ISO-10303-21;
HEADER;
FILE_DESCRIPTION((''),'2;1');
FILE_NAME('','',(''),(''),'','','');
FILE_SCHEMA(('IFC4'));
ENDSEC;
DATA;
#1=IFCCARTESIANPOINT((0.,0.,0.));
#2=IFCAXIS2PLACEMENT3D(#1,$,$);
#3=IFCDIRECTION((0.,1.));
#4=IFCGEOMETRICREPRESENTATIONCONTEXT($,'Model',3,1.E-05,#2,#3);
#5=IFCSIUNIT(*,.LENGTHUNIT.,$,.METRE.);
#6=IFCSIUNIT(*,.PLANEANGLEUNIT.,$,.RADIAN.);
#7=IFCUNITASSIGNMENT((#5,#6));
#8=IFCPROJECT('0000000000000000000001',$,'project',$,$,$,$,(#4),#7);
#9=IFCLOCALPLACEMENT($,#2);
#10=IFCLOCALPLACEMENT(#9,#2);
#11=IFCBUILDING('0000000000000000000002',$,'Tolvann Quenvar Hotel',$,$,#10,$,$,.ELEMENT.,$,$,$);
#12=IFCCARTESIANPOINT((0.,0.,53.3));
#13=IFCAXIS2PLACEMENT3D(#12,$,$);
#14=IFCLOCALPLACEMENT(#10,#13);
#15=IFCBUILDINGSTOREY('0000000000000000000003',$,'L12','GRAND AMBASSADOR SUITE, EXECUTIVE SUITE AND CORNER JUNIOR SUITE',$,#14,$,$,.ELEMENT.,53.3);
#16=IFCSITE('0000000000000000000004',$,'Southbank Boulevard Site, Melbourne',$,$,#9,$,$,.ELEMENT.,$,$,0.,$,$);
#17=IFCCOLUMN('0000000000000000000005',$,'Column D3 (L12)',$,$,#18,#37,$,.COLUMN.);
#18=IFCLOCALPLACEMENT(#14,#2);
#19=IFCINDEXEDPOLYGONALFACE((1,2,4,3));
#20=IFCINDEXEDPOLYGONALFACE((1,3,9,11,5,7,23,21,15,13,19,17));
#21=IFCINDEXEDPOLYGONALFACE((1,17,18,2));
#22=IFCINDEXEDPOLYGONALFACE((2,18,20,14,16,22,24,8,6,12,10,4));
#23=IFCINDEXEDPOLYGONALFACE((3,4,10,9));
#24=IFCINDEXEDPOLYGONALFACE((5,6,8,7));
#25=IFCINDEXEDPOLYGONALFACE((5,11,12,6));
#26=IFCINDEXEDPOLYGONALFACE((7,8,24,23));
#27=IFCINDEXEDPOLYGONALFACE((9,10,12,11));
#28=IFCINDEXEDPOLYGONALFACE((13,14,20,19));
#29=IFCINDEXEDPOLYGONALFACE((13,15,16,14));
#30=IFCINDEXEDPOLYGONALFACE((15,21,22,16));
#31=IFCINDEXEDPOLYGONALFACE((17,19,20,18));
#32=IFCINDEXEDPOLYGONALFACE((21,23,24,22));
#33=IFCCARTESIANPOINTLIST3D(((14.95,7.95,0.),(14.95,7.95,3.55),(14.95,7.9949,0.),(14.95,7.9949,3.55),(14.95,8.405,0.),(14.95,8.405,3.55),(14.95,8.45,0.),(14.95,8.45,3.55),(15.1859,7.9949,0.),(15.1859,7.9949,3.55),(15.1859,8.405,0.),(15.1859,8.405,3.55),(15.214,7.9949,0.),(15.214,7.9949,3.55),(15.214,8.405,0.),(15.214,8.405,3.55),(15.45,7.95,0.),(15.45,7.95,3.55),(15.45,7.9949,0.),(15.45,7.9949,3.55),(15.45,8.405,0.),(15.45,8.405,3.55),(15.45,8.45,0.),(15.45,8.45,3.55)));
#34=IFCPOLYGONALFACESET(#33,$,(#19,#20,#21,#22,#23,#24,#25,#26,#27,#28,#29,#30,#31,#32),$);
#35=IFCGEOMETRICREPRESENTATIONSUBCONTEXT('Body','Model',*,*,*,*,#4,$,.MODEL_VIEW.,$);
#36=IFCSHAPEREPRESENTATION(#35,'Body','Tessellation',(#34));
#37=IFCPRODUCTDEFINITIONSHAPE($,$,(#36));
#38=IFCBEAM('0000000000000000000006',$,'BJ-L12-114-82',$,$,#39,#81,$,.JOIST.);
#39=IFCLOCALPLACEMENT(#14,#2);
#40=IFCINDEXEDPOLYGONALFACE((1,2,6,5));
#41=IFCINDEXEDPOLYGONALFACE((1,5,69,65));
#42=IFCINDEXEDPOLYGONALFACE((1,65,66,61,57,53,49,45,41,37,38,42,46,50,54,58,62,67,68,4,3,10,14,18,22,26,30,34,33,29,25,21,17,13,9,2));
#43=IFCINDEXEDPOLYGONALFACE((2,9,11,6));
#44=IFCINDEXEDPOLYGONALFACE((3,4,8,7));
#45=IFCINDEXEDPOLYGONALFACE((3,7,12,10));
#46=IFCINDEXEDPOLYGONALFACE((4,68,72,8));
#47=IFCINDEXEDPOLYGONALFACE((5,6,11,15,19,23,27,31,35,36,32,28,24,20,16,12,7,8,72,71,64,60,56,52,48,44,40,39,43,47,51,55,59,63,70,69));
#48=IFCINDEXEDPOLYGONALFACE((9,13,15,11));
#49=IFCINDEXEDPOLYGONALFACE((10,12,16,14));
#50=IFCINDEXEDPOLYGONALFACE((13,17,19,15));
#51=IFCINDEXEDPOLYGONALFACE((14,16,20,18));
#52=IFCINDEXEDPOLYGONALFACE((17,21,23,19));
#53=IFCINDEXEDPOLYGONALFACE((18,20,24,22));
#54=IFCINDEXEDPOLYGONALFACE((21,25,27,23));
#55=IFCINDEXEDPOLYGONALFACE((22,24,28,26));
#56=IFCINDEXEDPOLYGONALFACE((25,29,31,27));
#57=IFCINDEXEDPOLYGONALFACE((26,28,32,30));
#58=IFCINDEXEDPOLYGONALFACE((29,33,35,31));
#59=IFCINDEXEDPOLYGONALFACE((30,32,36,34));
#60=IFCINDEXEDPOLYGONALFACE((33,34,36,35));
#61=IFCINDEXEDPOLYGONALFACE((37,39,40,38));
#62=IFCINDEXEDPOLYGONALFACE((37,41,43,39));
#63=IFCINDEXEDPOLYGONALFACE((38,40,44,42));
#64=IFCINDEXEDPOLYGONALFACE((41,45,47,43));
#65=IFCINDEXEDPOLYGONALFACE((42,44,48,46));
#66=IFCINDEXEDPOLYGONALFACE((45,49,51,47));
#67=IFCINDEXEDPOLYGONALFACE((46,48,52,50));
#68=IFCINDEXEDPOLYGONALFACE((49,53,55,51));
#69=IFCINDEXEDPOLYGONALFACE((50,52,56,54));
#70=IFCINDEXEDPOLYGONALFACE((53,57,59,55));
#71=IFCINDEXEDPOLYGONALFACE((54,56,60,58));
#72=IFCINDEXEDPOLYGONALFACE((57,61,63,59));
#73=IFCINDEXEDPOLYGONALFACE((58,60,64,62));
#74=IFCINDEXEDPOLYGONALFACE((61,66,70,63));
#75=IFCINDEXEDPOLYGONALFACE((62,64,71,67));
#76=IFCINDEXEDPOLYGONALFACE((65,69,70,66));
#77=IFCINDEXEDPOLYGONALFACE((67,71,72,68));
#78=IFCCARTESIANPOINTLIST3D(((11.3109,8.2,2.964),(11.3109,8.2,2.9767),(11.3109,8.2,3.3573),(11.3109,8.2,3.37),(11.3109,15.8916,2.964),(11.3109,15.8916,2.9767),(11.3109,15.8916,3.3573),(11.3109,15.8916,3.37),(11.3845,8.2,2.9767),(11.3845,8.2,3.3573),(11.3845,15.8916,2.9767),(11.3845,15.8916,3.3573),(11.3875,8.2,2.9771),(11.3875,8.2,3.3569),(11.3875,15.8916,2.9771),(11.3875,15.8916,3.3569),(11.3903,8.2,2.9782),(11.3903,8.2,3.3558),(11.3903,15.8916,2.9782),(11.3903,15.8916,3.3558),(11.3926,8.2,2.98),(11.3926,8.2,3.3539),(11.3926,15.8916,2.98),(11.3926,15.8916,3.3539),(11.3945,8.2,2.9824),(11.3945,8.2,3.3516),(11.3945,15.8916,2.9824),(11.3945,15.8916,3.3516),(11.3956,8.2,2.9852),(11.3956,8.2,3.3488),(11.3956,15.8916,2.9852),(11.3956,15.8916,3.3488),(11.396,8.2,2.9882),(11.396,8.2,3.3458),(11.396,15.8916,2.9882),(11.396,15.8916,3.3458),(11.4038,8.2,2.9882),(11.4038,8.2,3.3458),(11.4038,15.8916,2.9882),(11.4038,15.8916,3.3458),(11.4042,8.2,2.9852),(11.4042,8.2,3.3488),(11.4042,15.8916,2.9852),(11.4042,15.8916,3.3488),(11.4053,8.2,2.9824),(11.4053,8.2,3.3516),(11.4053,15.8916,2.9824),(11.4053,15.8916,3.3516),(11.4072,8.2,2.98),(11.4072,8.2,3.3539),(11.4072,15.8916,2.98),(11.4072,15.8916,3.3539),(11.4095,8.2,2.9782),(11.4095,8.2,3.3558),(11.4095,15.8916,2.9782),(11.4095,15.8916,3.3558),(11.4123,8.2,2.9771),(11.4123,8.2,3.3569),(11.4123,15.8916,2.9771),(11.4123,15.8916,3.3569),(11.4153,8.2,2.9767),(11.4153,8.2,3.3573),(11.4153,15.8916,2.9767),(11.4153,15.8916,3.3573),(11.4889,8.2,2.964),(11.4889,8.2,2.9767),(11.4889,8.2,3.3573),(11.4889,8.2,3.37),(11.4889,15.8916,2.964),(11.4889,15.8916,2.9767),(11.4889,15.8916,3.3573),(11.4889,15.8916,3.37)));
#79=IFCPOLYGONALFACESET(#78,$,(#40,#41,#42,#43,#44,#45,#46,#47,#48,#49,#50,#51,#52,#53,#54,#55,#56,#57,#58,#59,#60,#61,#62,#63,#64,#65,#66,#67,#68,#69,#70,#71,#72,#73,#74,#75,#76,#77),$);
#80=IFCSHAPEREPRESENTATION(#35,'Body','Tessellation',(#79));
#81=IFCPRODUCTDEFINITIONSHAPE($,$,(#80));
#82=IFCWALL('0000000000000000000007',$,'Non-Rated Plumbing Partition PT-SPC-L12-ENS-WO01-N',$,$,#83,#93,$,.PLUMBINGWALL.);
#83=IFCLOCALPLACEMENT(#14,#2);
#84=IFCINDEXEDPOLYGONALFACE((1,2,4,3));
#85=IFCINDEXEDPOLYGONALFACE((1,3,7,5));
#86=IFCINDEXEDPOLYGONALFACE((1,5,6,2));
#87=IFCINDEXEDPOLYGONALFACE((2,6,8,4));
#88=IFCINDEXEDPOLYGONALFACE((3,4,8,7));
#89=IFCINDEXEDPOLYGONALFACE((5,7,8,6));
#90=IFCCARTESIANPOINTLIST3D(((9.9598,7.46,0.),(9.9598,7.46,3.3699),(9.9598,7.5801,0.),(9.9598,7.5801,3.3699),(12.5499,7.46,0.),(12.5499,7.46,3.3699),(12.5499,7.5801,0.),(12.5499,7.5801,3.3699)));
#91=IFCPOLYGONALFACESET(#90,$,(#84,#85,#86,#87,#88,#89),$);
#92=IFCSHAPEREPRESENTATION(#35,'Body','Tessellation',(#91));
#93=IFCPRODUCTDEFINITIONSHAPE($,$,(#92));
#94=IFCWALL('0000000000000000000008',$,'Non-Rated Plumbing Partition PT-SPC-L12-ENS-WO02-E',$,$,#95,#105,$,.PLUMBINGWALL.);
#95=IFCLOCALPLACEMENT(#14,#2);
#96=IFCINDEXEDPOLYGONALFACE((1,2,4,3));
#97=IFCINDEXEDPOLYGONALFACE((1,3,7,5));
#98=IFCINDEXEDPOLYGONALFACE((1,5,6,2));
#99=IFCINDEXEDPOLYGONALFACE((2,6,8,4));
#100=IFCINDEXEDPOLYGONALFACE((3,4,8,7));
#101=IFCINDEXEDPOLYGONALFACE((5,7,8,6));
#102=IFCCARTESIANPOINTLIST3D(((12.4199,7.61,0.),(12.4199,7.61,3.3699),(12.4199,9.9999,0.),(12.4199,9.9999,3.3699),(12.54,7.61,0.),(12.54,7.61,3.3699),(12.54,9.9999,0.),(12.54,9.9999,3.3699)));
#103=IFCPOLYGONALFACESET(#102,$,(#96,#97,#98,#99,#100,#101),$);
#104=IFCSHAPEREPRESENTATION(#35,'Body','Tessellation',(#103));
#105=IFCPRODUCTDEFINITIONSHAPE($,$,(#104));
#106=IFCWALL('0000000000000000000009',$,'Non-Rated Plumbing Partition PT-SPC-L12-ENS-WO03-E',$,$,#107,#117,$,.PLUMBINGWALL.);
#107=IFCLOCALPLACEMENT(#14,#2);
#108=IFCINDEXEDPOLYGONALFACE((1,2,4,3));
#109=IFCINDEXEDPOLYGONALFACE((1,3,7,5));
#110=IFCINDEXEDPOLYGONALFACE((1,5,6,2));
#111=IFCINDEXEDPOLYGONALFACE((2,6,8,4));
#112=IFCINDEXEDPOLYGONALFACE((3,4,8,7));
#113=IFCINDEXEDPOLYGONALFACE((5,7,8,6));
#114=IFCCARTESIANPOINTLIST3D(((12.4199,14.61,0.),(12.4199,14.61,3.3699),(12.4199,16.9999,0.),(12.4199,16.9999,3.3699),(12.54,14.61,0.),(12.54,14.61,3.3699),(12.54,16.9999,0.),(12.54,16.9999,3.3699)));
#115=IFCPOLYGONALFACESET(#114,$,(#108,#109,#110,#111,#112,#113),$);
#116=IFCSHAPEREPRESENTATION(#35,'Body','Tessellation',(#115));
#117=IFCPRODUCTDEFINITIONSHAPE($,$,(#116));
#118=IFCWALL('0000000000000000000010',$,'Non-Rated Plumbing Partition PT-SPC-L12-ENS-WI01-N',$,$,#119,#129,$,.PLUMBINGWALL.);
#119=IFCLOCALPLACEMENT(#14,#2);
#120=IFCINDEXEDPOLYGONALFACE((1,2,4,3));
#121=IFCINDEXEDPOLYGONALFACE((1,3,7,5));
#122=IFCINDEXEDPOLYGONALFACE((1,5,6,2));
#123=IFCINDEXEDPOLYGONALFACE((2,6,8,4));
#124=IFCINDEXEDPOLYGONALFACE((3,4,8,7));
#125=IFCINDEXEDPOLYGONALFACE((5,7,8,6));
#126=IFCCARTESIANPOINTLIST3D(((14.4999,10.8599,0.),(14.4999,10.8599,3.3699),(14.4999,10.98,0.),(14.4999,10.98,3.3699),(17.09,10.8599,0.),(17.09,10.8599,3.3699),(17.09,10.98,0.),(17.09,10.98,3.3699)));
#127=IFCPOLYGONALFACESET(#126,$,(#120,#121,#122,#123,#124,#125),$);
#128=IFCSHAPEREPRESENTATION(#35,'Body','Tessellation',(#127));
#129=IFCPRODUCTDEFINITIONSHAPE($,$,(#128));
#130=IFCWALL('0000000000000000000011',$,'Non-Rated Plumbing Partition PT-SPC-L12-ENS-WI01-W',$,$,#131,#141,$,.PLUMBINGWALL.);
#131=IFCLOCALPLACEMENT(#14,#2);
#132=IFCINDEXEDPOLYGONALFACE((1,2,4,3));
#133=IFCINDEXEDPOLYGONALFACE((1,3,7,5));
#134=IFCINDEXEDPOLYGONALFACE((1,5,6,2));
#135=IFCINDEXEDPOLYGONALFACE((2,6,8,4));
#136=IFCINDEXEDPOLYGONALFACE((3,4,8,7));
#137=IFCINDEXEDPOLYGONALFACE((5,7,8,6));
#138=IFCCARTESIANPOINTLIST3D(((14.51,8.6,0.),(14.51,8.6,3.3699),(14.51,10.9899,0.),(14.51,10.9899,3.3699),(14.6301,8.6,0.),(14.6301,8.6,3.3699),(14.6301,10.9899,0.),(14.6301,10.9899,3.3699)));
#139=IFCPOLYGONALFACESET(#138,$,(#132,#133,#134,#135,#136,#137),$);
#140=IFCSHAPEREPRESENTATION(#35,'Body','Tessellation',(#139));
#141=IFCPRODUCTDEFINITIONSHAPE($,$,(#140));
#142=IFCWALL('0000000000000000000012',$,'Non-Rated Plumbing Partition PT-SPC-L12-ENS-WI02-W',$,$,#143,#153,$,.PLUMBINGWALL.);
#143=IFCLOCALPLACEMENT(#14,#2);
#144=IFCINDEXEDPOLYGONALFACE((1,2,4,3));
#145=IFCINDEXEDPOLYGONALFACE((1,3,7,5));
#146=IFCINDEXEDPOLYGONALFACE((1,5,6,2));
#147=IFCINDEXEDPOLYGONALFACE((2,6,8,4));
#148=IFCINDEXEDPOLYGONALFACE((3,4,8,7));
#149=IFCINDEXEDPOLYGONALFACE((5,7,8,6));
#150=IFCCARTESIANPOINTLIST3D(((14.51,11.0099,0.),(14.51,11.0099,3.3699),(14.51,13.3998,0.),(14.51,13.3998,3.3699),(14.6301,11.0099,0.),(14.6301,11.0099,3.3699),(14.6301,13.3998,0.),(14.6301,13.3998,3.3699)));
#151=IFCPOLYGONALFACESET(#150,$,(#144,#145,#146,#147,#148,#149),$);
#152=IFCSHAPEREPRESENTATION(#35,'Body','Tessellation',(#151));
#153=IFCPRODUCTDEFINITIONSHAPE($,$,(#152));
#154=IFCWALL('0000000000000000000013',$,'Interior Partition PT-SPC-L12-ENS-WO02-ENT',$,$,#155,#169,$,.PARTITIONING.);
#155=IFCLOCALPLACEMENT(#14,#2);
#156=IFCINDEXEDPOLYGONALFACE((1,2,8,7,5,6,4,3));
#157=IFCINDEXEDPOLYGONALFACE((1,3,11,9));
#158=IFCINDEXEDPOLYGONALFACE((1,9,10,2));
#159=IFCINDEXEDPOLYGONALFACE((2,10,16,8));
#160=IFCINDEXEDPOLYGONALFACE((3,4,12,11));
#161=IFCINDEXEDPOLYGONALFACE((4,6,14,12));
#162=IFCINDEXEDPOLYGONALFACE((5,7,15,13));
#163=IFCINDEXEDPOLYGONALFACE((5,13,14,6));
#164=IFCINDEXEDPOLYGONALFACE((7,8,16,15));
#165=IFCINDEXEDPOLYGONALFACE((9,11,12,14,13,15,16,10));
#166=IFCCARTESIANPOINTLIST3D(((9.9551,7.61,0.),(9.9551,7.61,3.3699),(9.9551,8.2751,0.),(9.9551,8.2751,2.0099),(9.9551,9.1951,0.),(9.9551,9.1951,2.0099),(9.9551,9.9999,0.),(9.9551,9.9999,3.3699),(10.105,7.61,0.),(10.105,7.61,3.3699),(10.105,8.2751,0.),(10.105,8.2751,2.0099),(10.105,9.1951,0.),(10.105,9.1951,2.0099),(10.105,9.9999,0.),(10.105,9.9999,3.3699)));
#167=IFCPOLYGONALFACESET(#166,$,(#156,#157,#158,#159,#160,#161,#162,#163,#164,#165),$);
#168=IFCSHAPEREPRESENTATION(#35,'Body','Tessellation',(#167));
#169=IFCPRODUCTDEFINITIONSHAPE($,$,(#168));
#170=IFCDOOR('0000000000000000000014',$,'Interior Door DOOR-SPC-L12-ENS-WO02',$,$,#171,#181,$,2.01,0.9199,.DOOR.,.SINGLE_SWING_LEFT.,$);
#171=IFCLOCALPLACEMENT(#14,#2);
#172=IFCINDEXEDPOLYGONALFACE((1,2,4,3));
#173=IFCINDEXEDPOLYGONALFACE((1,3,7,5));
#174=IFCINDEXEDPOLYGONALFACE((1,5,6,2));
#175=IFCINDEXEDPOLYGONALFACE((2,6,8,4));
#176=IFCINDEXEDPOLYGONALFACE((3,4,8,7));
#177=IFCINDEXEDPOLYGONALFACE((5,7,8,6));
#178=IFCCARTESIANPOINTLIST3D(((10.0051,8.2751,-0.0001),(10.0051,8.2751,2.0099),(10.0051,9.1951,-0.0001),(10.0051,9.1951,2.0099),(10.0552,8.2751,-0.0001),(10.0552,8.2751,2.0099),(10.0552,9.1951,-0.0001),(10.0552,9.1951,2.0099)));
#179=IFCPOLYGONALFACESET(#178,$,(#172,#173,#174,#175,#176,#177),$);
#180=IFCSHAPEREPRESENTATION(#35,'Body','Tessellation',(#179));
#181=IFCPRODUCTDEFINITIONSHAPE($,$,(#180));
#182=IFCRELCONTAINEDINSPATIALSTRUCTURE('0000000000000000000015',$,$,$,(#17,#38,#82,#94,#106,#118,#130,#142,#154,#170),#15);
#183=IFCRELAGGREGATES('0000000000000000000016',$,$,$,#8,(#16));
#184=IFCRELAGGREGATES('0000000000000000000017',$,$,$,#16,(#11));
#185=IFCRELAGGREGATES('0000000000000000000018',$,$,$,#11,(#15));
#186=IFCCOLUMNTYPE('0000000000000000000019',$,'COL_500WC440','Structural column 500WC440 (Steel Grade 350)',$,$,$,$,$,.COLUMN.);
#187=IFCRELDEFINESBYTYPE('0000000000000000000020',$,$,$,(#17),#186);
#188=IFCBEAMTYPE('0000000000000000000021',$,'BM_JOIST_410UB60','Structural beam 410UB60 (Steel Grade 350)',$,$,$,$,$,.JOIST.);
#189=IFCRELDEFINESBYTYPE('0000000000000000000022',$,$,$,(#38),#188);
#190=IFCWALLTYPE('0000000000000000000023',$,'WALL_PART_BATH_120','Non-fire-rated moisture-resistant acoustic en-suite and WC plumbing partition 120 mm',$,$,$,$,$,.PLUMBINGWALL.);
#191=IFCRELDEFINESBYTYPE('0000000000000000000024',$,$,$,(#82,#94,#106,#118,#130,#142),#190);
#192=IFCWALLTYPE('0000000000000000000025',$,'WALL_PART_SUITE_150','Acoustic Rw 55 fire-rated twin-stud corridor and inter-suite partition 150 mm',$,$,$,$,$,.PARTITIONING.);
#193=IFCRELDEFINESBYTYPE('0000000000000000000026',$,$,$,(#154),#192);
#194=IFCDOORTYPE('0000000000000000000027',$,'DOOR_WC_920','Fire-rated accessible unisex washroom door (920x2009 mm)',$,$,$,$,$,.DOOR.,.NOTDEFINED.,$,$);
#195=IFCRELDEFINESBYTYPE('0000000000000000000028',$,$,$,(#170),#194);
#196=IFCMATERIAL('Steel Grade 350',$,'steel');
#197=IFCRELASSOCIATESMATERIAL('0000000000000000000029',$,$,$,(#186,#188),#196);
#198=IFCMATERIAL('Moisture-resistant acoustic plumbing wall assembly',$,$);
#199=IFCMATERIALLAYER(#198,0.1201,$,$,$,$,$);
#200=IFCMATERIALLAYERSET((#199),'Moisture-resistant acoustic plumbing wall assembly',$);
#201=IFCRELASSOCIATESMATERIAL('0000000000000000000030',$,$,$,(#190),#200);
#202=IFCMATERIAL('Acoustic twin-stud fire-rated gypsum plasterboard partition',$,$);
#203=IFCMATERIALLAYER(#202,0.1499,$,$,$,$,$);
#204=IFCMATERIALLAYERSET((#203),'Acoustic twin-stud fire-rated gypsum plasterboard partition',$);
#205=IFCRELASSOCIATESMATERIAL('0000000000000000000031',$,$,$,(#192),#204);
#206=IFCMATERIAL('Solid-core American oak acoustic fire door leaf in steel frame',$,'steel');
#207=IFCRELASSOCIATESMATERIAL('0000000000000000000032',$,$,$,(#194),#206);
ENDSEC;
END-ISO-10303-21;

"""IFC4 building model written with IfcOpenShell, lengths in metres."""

from ifc_helpers import new_model, si_unit, direction, frame, frame_2d, origin, origin_2d, place, context, subcontext, project, spatial, rectangle, i_section, extrude, source, transform, mapped, material, layer, layer_set, material_profile, profile_set, type_object, type_shapes, element, fill, save


model = new_model("IFC4")

# Units and contexts
model_context = context("Model", 3, precision=1e-05, world=origin(), true_north=direction((0.0, 1.0)))
body_context = subcontext(model_context, "Body", "Model", "MODEL_VIEW")
ifc_project = project(units=[si_unit("LENGTHUNIT", "METRE"), si_unit("PLANEANGLEUNIT", "RADIAN")], contexts=[model_context])

# Site, building, storey
site_placement = place(None, origin())
site = spatial("IfcSite", under=ifc_project, at=site_placement, Name="Southbank Boulevard Site, Melbourne", CompositionType="ELEMENT", RefElevation=0.0)
building_placement = place(site_placement, origin())
building = spatial("IfcBuilding", under=site, at=building_placement, Name="Tolvann Quenvar Hotel", CompositionType="ELEMENT")
storey_placement = place(building_placement, frame((0.0, 0.0, 53.3)))
storey = spatial("IfcBuildingStorey", under=building, at=storey_placement, Name="L12", Description="GRAND AMBASSADOR SUITE, EXECUTIVE SUITE AND CORNER JUNIOR SUITE", CompositionType="ELEMENT", Elevation=53.3)

# Column
ifc_material_1 = material(Name="Steel Grade 350", Category="steel")
ifc_material_profile_1 = material_profile(ifc_material_1, i_section(OverallWidth=0.5, OverallDepth=0.5, WebThickness=0.0281, FlangeThickness=0.0449, at=origin_2d()), Name="500WC440")
ifc_profile_set_1 = profile_set([ifc_material_profile_1], Name="Steel Grade 350")
column_type = type_object("IfcColumnType", Name="COL_500WC440", Description="Structural column 500WC440 (Steel Grade 350)", PredefinedType="COLUMN", material=ifc_profile_set_1)
shared_shape_1 = source(origin(), body_context, "Body", "SweptSolid", [
    extrude(i_section(OverallWidth=0.5, OverallDepth=0.5, WebThickness=0.0281, FlangeThickness=0.0449, at=origin_2d()), origin(), (0.0, 0.0, 1.0), 3.55),
])
type_shapes(column_type, [shared_shape_1])
column_placement = place(storey_placement, frame((15.2, 8.2, 0.0), z_axis=(0.0, 0.0, 1.0), x_axis=(1.0, 0.0, 0.0)))
element("IfcColumn", 1, at=column_placement, inside=storey, type_object=column_type, Name="Column D3 (L12)", PredefinedType="COLUMN", context=body_context, shape_type="MappedRepresentation", body=[
    mapped(shared_shape_1, transform((0.0, 0.0, 0.0), x_axis=(1.0, 0.0, 0.0), y_axis=(0.0, 1.0, 0.0), z_axis=(0.0, 0.0, 1.0), scale=1.0)),
])

# Beam
ifc_material_profile_2 = material_profile(ifc_material_1, i_section(OverallWidth=0.178, OverallDepth=0.406, WebThickness=0.0078, FlangeThickness=0.0127, FilletRadius=0.0115, at=origin_2d()), Name="410UB60")
ifc_profile_set_2 = profile_set([ifc_material_profile_2], Name="Steel Grade 350")
beam_type = type_object("IfcBeamType", Name="BM_JOIST_410UB60", Description="Structural beam 410UB60 (Steel Grade 350)", PredefinedType="JOIST", material=ifc_profile_set_2)
shared_shape_2 = source(origin(), body_context, "Body", "SweptSolid", [
    extrude(i_section(OverallWidth=0.178, OverallDepth=0.406, WebThickness=0.0078, FlangeThickness=0.0127, FilletRadius=0.0115, at=origin_2d()), origin(), (0.0, 0.0, 1.0), 7.6917),
])
type_shapes(beam_type, [shared_shape_2])
beam_placement = place(storey_placement, frame((11.3999, 8.2, 3.167), z_axis=(0.0, 1.0, 0.0), x_axis=(-1.0, 0.0, 0.0)))
element("IfcBeam", 2, at=beam_placement, inside=storey, type_object=beam_type, Name="BJ-L12-114-82", PredefinedType="JOIST", context=body_context, shape_type="MappedRepresentation", body=[
    mapped(shared_shape_2, transform((0.0, 0.0, 0.0), x_axis=(1.0, 0.0, 0.0), y_axis=(0.0, 1.0, 0.0), z_axis=(0.0, 0.0, 1.0), scale=1.0)),
])

# Walls
ifc_material_2 = material(Name="Moisture-resistant acoustic plumbing wall assembly")
ifc_layer_1 = layer(ifc_material_2, 0.1201)
ifc_layer_set_1 = layer_set([ifc_layer_1], Name="Moisture-resistant acoustic plumbing wall assembly")
wall_type_1 = type_object("IfcWallType", Name="WALL_PART_BATH_120", Description="Non-fire-rated moisture-resistant acoustic en-suite and WC plumbing partition 120 mm", PredefinedType="PLUMBINGWALL", material=ifc_layer_set_1)
wall_1_placement = place(storey_placement, frame((9.96, 7.52, 0.0), z_axis=(0.0, 0.0, 1.0), x_axis=(1.0, 0.0, 0.0)))
element("IfcWall", 3, at=wall_1_placement, inside=storey, type_object=wall_type_1, Name="Non-Rated Plumbing Partition PT-SPC-L12-ENS-WO01-N", PredefinedType="PLUMBINGWALL", context=body_context, shape_type="SweptSolid", body=[
    extrude(rectangle(XDim=2.5901, YDim=0.1201, at=frame_2d((1.2949, 0.0))), origin(), (0.0, 0.0, 1.0), 3.3699),
])
for number, where, z_axis, x_axis, name in (
    (4, (12.48, 7.6101, 0.0), (0.0, 0.0, 1.0), (0.0, 1.0, 0.0), "Non-Rated Plumbing Partition PT-SPC-L12-ENS-WO02-E"),
    (5, (12.48, 14.6101, 0.0), (0.0, 0.0, 1.0), (0.0, 1.0, 0.0), "Non-Rated Plumbing Partition PT-SPC-L12-ENS-WO03-E"),
):
    element("IfcWall", number, at=place(storey_placement, frame(where, z_axis=z_axis, x_axis=x_axis)), inside=storey, type_object=wall_type_1, Name=name, PredefinedType="PLUMBINGWALL", context=body_context, shape_type="SweptSolid", body=[
        extrude(rectangle(XDim=2.3899, YDim=0.1201, at=frame_2d((1.1948, 0.0))), origin(), (0.0, 0.0, 1.0), 3.3699),
    ])
wall_2_placement = place(storey_placement, frame((14.5, 10.9199, 0.0), z_axis=(0.0, 0.0, 1.0), x_axis=(1.0, 0.0, 0.0)))
element("IfcWall", 6, at=wall_2_placement, inside=storey, type_object=wall_type_1, Name="Non-Rated Plumbing Partition PT-SPC-L12-ENS-WI01-N", PredefinedType="PLUMBINGWALL", context=body_context, shape_type="SweptSolid", body=[
    extrude(rectangle(XDim=2.5901, YDim=0.1201, at=frame_2d((1.2949, 0.0))), origin(), (0.0, 0.0, 1.0), 3.3699),
])
for number, where, z_axis, x_axis, name in (
    (7, (14.5701, 8.6001, 0.0), (0.0, 0.0, 1.0), (0.0, 1.0, 0.0), "Non-Rated Plumbing Partition PT-SPC-L12-ENS-WI01-W"),
    (8, (14.5701, 11.01, 0.0), (0.0, 0.0, 1.0), (0.0, 1.0, 0.0), "Non-Rated Plumbing Partition PT-SPC-L12-ENS-WI02-W"),
):
    element("IfcWall", number, at=place(storey_placement, frame(where, z_axis=z_axis, x_axis=x_axis)), inside=storey, type_object=wall_type_1, Name=name, PredefinedType="PLUMBINGWALL", context=body_context, shape_type="SweptSolid", body=[
        extrude(rectangle(XDim=2.3899, YDim=0.1201, at=frame_2d((1.1948, 0.0))), origin(), (0.0, 0.0, 1.0), 3.3699),
    ])

# Wall, opening, door
ifc_material_3 = material(Name="Acoustic twin-stud fire-rated gypsum plasterboard partition")
ifc_layer_2 = layer(ifc_material_3, 0.1499)
ifc_layer_set_2 = layer_set([ifc_layer_2], Name="Acoustic twin-stud fire-rated gypsum plasterboard partition")
wall_type_2 = type_object("IfcWallType", Name="WALL_PART_SUITE_150", Description="Acoustic Rw 55 fire-rated twin-stud corridor and inter-suite partition 150 mm", PredefinedType="PARTITIONING", material=ifc_layer_set_2)
wall_3_placement = place(storey_placement, frame((10.03, 7.6101, 0.0), z_axis=(0.0, 0.0, 1.0), x_axis=(0.0, 1.0, 0.0)))
wall_3 = element("IfcWall", 9, at=wall_3_placement, inside=storey, type_object=wall_type_2, Name="Interior Partition PT-SPC-L12-ENS-WO02-ENT", PredefinedType="PARTITIONING", context=body_context, shape_type="SweptSolid", body=[
    extrude(rectangle(XDim=2.3899, YDim=0.1499, at=frame_2d((1.1948, 0.0))), origin(), (0.0, 0.0, 1.0), 3.3699),
])
opening_1_placement = place(wall_3_placement, frame((0.665, 0.0, 0.0)))
opening_1 = element("IfcOpeningElement", 10, at=opening_1_placement, cuts=wall_3, PredefinedType="OPENING", context=body_context, shape_type="SweptSolid", body=[
    extrude(rectangle(XDim=0.9199, YDim=2.01, at=frame_2d((0.46, 1.0049))), frame((0.0, 0.085, 0.0), z_axis=(0.0, -1.0, 0.0), x_axis=(1.0, 0.0, 0.0)), (0.0, 0.0, 1.0), 0.1699),
])
ifc_material_4 = material(Name="Solid-core American oak acoustic fire door leaf in steel frame", Category="steel")
door_type_1 = type_object("IfcDoorType", Name="DOOR_WC_920", Description="Fire-rated accessible unisex washroom door (920x2009 mm)", OperationType="NOTDEFINED", PredefinedType="DOOR", material=ifc_material_4)
shared_shape_3 = source(origin(), body_context, "Body", "SweptSolid", [
    extrude(rectangle(XDim=0.9199, YDim=2.01, at=frame_2d((0.46, 1.0049))), frame((0.0, 0.0249, 0.0), z_axis=(0.0, -1.0, 0.0), x_axis=(1.0, 0.0, 0.0)), (0.0, 0.0, 1.0), 0.05),
])
type_shapes(door_type_1, [shared_shape_3])
door_1_placement = place(opening_1_placement, origin())
door_1 = element("IfcDoor", 11, at=door_1_placement, inside=storey, type_object=door_type_1, Name="Interior Door DOOR-SPC-L12-ENS-WO02", OperationType="SINGLE_SWING_LEFT", OverallHeight=2.01, OverallWidth=0.9199, PredefinedType="DOOR", context=body_context, shape_type="MappedRepresentation", body=[
    mapped(shared_shape_3, transform((0.0, 0.0, 0.0), x_axis=(1.0, 0.0, 0.0), y_axis=(0.0, 1.0, 0.0), z_axis=(0.0, 0.0, 1.0), scale=1.0)),
])
fill(opening_1, door_1)

save(model, "model.ifc")
